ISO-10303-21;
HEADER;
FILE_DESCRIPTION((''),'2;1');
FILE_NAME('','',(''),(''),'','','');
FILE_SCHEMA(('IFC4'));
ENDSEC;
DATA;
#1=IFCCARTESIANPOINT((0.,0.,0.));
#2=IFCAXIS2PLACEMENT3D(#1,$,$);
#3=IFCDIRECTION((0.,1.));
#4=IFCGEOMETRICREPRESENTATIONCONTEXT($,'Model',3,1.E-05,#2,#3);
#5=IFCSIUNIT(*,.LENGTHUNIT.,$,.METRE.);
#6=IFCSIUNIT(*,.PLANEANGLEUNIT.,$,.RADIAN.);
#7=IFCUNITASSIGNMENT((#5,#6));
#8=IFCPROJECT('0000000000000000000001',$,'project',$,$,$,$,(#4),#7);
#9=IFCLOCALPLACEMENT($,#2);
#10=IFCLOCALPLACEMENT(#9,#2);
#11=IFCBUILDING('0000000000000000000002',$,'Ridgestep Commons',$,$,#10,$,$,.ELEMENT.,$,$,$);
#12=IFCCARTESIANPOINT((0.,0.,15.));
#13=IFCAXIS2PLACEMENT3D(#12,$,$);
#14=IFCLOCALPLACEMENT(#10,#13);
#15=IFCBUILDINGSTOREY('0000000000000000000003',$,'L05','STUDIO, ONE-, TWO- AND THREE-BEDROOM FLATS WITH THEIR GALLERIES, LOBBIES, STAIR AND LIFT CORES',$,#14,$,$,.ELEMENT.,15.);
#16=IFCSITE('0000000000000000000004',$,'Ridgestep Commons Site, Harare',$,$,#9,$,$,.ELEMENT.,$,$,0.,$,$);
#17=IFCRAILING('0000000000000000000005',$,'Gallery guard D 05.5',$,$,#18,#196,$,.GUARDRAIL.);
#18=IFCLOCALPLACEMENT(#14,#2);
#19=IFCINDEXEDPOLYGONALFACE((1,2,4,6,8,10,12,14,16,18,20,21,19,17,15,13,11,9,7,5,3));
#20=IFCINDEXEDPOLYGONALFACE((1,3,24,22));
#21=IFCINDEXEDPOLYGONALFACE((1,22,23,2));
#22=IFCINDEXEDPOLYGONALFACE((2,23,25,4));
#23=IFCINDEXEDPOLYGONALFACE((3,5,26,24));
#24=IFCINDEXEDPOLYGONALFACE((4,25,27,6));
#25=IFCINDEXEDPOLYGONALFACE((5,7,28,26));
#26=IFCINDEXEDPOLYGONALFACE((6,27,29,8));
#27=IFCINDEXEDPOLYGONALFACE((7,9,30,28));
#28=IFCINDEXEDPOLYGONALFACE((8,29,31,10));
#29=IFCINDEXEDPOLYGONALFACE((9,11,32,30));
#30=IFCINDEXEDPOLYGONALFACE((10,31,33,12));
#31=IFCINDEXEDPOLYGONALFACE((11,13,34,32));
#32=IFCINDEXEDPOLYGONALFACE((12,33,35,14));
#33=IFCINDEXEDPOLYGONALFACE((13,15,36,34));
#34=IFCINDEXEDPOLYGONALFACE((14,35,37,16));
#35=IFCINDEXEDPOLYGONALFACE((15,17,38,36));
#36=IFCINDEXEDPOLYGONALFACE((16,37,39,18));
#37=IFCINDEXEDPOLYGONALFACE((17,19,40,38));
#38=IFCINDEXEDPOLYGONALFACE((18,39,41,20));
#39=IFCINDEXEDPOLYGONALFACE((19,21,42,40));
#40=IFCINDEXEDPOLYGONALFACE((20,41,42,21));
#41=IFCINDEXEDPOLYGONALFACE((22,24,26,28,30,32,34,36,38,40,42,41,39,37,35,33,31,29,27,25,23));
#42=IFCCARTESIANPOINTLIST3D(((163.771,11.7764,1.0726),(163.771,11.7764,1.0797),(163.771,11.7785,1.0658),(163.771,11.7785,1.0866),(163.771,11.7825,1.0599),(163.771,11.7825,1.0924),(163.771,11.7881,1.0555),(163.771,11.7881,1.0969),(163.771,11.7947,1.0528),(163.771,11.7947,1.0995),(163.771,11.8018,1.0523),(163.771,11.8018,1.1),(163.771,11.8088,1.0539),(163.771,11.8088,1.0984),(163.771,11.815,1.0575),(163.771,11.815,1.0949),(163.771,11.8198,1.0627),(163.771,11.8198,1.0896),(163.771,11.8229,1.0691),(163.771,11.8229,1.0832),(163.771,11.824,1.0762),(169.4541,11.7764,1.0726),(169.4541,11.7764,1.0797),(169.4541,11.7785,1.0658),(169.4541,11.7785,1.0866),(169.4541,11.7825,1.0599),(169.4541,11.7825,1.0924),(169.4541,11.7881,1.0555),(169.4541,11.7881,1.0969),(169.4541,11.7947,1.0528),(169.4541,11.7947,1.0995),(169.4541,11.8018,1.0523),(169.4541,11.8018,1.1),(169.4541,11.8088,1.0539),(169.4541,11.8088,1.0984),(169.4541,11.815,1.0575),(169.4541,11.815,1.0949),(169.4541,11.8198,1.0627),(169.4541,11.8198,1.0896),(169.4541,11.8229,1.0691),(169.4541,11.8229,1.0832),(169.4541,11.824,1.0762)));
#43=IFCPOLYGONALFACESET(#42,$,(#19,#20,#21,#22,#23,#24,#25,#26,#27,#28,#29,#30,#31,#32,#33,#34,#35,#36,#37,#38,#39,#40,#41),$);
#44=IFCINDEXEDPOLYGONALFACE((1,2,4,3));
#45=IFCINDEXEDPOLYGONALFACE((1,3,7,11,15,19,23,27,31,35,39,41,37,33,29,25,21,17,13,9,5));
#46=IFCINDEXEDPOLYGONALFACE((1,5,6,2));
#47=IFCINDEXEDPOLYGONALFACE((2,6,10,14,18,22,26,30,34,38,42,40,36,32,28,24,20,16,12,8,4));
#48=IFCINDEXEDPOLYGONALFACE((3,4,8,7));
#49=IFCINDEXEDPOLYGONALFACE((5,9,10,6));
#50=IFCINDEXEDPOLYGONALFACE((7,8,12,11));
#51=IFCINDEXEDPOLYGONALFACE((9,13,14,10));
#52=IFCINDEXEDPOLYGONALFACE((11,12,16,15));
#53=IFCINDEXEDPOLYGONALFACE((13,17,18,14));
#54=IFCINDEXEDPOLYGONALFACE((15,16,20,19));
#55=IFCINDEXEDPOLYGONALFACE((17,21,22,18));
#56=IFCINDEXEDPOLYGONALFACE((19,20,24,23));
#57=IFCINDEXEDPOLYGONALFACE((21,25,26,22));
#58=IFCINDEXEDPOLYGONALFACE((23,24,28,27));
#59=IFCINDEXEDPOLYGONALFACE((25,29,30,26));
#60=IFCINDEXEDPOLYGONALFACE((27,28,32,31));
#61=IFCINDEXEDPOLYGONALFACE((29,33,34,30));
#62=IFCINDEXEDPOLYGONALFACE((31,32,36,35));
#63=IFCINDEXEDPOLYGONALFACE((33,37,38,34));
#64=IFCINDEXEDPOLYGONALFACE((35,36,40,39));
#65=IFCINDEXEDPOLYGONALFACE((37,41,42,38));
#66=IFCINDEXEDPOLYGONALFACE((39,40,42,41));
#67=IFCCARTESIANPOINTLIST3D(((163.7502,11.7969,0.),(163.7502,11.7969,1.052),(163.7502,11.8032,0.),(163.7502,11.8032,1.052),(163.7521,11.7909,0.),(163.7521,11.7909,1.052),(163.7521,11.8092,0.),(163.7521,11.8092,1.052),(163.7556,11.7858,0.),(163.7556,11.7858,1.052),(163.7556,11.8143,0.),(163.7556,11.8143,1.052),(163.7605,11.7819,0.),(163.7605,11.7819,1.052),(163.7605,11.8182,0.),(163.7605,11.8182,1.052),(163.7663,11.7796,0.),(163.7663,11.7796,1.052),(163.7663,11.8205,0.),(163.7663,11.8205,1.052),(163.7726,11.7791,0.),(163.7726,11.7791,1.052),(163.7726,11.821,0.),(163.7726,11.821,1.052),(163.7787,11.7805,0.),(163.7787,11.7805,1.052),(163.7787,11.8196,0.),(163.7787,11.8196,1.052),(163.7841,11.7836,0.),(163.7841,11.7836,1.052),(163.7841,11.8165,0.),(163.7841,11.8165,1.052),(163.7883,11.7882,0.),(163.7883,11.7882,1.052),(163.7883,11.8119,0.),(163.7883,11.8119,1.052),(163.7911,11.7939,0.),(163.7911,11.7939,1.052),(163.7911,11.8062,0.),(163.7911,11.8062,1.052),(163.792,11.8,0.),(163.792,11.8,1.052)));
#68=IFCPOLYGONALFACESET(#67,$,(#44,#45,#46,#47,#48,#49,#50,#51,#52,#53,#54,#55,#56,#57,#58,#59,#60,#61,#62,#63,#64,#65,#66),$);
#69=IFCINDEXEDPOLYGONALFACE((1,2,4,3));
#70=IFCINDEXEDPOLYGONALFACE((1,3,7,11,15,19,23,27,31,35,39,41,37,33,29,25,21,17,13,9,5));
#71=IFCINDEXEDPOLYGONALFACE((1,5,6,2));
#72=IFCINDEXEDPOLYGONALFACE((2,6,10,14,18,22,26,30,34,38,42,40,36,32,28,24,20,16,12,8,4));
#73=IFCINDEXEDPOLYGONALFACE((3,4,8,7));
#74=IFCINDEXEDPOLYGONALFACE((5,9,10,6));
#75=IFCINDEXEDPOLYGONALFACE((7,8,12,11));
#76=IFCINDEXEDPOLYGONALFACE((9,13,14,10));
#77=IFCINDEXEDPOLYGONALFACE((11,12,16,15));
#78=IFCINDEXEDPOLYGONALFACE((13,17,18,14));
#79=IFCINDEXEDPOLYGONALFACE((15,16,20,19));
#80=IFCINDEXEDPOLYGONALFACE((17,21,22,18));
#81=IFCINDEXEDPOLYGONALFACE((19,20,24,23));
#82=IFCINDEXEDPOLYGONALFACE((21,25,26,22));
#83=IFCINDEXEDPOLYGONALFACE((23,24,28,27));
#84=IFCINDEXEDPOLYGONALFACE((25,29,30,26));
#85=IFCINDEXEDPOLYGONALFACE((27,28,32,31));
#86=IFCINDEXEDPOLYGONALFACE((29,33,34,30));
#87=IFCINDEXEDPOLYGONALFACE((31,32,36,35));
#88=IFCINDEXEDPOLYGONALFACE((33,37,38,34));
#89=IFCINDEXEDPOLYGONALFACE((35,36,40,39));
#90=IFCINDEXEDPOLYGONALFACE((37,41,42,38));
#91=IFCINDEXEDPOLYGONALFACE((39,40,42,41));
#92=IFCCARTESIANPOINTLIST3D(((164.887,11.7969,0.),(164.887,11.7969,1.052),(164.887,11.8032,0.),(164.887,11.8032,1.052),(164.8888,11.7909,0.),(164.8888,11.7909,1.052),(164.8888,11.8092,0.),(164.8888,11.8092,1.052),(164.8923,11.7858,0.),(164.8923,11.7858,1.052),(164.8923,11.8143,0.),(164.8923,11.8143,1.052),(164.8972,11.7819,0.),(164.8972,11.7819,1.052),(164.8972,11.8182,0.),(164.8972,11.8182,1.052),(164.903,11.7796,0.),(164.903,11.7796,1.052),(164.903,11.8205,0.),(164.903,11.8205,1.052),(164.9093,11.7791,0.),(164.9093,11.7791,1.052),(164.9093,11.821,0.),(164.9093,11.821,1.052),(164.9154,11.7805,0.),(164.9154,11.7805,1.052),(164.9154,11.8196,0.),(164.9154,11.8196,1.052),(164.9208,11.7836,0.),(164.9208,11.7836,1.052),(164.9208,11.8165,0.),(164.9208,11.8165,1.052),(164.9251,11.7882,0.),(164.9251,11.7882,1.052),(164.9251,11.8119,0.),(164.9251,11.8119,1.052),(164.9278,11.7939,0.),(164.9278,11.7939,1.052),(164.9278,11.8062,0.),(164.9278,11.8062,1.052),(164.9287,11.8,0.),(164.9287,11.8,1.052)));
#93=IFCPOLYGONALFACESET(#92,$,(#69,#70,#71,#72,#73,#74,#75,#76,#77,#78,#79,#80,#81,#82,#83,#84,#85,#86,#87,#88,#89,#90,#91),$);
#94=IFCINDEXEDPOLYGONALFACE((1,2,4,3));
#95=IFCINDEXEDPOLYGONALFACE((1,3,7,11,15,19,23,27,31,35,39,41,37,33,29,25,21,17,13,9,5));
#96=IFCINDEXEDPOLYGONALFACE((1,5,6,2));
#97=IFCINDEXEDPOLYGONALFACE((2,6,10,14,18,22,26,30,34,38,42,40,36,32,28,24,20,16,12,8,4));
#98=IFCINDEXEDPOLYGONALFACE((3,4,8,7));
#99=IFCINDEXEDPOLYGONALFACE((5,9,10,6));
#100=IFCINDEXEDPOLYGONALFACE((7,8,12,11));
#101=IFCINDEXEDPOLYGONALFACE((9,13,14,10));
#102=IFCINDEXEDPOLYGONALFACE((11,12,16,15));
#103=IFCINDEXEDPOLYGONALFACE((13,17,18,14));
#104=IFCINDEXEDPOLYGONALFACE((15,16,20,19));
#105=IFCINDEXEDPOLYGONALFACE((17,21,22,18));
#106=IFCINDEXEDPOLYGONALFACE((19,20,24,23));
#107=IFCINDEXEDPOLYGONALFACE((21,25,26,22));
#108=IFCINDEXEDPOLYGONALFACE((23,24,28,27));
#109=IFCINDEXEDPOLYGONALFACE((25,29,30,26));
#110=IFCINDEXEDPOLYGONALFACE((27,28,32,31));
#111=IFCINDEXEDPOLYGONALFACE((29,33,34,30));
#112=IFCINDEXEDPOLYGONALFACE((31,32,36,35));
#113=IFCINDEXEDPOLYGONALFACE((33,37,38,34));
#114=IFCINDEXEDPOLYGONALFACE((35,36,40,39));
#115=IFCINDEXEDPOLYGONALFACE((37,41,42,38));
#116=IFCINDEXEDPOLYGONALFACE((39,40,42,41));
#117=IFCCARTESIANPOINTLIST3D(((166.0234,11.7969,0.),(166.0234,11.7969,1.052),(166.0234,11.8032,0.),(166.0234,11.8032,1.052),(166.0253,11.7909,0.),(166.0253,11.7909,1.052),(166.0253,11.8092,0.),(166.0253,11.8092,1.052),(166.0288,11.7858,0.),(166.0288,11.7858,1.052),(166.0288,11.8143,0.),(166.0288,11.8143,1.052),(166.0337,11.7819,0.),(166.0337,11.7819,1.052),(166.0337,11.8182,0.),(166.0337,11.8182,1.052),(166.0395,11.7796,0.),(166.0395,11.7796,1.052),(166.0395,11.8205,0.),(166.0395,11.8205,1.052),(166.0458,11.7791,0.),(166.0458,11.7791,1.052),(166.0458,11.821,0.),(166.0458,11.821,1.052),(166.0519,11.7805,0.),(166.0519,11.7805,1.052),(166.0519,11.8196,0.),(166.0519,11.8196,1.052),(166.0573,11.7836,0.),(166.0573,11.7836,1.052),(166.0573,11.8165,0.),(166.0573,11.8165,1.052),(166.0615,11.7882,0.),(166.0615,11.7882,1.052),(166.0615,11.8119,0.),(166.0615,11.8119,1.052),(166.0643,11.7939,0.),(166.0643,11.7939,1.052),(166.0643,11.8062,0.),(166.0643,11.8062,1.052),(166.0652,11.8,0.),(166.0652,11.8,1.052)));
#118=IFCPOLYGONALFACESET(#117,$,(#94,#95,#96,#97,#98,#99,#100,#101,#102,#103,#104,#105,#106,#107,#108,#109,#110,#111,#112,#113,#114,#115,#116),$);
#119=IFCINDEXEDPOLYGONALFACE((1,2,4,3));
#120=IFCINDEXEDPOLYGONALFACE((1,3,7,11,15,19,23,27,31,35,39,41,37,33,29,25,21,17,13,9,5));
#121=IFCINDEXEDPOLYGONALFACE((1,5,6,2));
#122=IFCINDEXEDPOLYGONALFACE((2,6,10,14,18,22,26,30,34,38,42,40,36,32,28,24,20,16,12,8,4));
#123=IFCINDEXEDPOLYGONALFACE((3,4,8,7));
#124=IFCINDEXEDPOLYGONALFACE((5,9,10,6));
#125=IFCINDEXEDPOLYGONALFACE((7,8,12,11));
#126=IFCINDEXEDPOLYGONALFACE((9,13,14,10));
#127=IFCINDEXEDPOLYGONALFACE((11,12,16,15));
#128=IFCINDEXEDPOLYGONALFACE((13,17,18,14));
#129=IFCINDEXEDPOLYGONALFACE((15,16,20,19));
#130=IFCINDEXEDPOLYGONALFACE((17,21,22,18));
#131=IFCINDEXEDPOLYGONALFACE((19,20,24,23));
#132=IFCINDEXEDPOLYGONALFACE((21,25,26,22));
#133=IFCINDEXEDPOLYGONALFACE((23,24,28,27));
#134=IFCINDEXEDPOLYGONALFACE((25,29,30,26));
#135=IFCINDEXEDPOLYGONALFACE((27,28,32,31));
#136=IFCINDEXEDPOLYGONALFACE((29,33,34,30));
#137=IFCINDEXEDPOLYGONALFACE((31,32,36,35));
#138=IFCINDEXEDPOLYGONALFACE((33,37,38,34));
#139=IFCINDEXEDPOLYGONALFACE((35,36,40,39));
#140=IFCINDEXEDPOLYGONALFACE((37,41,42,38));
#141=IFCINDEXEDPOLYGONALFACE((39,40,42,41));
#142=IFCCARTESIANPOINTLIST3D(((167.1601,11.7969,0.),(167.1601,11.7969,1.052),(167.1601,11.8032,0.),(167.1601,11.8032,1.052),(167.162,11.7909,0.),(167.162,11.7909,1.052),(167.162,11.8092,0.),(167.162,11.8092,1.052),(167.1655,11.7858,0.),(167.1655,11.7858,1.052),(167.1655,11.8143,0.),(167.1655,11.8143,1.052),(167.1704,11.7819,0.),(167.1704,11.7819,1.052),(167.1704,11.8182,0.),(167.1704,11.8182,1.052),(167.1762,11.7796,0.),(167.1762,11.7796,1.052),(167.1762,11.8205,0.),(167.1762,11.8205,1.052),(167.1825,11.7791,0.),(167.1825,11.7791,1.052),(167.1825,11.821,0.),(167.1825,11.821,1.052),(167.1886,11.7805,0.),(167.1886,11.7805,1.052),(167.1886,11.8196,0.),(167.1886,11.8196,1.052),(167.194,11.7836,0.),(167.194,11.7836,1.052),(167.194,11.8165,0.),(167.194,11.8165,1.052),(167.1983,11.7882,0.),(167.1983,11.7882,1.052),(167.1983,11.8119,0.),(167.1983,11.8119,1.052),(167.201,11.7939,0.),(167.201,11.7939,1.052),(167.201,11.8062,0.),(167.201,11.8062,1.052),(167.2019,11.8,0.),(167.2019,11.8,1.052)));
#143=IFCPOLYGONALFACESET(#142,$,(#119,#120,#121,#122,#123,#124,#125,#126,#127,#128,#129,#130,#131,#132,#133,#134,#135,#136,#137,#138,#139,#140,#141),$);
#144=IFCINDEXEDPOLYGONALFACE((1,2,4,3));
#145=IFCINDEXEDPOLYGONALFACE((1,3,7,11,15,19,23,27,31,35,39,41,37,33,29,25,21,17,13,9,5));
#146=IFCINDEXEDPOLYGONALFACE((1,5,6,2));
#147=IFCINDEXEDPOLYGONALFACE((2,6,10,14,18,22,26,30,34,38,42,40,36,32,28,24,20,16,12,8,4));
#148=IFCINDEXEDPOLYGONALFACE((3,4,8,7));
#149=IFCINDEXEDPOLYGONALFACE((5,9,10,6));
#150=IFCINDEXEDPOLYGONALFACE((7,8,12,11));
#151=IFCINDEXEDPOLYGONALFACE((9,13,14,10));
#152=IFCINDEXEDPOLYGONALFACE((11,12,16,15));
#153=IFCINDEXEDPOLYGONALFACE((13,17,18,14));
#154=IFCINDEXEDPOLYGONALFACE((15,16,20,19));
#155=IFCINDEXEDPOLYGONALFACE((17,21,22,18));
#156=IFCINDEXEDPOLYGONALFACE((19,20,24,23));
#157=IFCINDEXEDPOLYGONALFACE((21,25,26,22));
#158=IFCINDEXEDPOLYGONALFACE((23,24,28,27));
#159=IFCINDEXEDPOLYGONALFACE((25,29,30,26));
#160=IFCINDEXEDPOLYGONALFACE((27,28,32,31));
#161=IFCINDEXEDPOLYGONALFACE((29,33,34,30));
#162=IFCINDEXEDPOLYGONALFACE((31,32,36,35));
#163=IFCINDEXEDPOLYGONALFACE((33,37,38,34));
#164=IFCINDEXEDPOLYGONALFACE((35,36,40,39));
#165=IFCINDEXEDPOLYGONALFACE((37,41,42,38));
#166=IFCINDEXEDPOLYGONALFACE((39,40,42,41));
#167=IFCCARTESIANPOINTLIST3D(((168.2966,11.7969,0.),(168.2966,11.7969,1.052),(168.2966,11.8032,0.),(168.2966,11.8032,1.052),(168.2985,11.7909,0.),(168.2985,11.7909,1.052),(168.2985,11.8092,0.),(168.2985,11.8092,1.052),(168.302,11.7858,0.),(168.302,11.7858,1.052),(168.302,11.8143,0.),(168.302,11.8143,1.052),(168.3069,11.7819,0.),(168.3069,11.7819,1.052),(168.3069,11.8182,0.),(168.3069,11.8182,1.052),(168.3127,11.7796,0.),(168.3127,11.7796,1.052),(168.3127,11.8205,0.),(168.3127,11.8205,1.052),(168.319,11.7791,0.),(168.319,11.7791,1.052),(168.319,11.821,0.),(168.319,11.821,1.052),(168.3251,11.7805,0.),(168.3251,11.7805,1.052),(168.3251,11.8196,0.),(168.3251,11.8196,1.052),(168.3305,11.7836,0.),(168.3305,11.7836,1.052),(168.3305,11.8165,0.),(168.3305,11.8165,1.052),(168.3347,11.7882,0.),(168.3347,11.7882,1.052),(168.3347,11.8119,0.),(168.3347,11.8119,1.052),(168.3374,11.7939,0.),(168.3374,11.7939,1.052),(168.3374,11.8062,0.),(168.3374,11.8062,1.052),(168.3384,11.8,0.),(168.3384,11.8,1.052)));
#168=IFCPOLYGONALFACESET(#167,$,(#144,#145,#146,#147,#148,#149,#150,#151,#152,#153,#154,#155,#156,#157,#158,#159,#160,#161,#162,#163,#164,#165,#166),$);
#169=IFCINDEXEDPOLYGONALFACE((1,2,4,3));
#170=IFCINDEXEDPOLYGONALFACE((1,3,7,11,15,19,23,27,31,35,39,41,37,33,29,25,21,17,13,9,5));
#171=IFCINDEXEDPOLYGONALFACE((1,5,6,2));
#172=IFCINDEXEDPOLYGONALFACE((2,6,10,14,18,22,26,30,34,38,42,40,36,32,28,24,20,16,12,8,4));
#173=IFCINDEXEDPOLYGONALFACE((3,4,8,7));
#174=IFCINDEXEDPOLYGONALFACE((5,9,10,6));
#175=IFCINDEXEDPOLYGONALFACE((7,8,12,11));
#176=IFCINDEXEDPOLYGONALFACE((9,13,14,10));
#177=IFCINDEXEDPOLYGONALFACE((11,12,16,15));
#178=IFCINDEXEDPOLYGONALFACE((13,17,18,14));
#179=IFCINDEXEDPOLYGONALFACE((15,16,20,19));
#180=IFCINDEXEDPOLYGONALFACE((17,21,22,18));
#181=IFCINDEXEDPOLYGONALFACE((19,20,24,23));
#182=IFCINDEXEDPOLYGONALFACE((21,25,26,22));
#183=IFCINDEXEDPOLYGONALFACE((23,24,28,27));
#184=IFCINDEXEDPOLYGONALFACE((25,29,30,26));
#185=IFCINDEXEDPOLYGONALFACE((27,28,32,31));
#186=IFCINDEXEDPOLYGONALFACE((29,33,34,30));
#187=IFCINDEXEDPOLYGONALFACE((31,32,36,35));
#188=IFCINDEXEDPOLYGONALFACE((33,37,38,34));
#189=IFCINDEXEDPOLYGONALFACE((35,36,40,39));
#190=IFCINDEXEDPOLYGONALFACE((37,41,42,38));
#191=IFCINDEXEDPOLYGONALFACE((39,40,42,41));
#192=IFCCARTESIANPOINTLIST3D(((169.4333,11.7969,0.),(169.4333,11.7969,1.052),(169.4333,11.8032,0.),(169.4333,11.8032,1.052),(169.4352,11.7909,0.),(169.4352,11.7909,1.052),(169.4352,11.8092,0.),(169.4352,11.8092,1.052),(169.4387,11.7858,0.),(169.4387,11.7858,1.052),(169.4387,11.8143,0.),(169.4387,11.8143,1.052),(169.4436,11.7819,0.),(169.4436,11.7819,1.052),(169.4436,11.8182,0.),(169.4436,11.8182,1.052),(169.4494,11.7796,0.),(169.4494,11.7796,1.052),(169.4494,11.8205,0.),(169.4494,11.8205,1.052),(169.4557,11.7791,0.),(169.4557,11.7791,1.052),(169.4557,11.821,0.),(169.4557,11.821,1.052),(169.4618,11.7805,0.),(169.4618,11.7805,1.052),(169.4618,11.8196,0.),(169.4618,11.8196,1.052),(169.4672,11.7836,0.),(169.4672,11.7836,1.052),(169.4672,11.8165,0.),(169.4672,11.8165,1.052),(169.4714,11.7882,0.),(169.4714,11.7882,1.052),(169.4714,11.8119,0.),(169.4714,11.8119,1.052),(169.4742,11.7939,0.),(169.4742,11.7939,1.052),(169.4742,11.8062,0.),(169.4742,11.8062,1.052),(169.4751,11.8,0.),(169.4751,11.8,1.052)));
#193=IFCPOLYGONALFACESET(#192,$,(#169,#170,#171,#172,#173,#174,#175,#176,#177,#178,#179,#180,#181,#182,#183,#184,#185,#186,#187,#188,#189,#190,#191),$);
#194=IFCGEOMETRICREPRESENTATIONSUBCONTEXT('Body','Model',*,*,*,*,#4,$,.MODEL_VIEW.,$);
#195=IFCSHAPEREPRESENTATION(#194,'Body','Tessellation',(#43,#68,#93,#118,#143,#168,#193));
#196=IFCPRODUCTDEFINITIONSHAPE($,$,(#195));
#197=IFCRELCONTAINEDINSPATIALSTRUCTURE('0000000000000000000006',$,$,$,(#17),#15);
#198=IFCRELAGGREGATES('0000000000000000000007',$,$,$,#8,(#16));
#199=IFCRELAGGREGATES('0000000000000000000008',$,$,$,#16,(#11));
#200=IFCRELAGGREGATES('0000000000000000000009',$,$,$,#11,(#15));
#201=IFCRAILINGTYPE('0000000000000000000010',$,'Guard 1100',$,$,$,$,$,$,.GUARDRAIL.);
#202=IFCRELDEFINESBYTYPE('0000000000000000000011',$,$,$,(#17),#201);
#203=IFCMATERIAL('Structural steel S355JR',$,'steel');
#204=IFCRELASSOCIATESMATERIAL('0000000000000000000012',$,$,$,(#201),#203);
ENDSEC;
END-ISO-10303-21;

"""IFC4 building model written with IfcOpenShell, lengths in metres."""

from ifc_helpers import new_model, si_unit, direction, frame, origin, origin_2d, place, context, subcontext, project, spatial, circle, extrude, material, type_object, element, save


model = new_model("IFC4")

# Units and contexts
model_context = context("Model", 3, precision=1e-05, world=origin(), true_north=direction((0.0, 1.0)))
body_context = subcontext(model_context, "Body", "Model", "MODEL_VIEW")
ifc_project = project(units=[si_unit("LENGTHUNIT", "METRE"), si_unit("PLANEANGLEUNIT", "RADIAN")], contexts=[model_context])

# Site, building, storey
site_placement = place(None, origin())
site = spatial("IfcSite", under=ifc_project, at=site_placement, Name="Ridgestep Commons Site, Harare", CompositionType="ELEMENT", RefElevation=0.0)
building_placement = place(site_placement, origin())
building = spatial("IfcBuilding", under=site, at=building_placement, Name="Ridgestep Commons", CompositionType="ELEMENT")
storey_placement = place(building_placement, frame((0.0, 0.0, 15.0)))
storey = spatial("IfcBuildingStorey", under=building, at=storey_placement, Name="L05", Description="STUDIO, ONE-, TWO- AND THREE-BEDROOM FLATS WITH THEIR GALLERIES, LOBBIES, STAIR AND LIFT CORES", CompositionType="ELEMENT", Elevation=15.0)

# Railing
ifc_material_1 = material(Name="Structural steel S355JR", Category="steel")
railing_type = type_object("IfcRailingType", Name="Guard 1100", PredefinedType="GUARDRAIL", material=ifc_material_1)
railing_1_placement = place(storey_placement, frame((163.771, 11.8, 0.0)))
element("IfcRailing", 1, at=railing_1_placement, inside=storey, type_object=railing_type, Name="Gallery guard D 05.5", PredefinedType="GUARDRAIL", context=body_context, shape_type="SweptSolid", body=[
    extrude(circle(Radius=0.0239, at=origin_2d()), frame((0.0, 0.0, 1.0762), z_axis=(1.0, 0.0, 0.0), x_axis=(0.0, 1.0, 0.0)), (0.0, 0.0, 1.0), 5.6831),
    extrude(circle(Radius=0.021, at=origin_2d()), origin(), (0.0, 0.0, 1.0), 1.052),
    extrude(circle(Radius=0.021, at=origin_2d()), frame((1.1367, 0.0, 0.0)), (0.0, 0.0, 1.0), 1.052),
    extrude(circle(Radius=0.021, at=origin_2d()), frame((2.2732, 0.0, 0.0)), (0.0, 0.0, 1.0), 1.052),
    extrude(circle(Radius=0.021, at=origin_2d()), frame((3.4099, 0.0, 0.0)), (0.0, 0.0, 1.0), 1.052),
    extrude(circle(Radius=0.021, at=origin_2d()), frame((4.5464, 0.0, 0.0)), (0.0, 0.0, 1.0), 1.052),
    extrude(circle(Radius=0.021, at=origin_2d()), frame((5.6831, 0.0, 0.0)), (0.0, 0.0, 1.0), 1.052),
])

save(model, "model.ifc")
